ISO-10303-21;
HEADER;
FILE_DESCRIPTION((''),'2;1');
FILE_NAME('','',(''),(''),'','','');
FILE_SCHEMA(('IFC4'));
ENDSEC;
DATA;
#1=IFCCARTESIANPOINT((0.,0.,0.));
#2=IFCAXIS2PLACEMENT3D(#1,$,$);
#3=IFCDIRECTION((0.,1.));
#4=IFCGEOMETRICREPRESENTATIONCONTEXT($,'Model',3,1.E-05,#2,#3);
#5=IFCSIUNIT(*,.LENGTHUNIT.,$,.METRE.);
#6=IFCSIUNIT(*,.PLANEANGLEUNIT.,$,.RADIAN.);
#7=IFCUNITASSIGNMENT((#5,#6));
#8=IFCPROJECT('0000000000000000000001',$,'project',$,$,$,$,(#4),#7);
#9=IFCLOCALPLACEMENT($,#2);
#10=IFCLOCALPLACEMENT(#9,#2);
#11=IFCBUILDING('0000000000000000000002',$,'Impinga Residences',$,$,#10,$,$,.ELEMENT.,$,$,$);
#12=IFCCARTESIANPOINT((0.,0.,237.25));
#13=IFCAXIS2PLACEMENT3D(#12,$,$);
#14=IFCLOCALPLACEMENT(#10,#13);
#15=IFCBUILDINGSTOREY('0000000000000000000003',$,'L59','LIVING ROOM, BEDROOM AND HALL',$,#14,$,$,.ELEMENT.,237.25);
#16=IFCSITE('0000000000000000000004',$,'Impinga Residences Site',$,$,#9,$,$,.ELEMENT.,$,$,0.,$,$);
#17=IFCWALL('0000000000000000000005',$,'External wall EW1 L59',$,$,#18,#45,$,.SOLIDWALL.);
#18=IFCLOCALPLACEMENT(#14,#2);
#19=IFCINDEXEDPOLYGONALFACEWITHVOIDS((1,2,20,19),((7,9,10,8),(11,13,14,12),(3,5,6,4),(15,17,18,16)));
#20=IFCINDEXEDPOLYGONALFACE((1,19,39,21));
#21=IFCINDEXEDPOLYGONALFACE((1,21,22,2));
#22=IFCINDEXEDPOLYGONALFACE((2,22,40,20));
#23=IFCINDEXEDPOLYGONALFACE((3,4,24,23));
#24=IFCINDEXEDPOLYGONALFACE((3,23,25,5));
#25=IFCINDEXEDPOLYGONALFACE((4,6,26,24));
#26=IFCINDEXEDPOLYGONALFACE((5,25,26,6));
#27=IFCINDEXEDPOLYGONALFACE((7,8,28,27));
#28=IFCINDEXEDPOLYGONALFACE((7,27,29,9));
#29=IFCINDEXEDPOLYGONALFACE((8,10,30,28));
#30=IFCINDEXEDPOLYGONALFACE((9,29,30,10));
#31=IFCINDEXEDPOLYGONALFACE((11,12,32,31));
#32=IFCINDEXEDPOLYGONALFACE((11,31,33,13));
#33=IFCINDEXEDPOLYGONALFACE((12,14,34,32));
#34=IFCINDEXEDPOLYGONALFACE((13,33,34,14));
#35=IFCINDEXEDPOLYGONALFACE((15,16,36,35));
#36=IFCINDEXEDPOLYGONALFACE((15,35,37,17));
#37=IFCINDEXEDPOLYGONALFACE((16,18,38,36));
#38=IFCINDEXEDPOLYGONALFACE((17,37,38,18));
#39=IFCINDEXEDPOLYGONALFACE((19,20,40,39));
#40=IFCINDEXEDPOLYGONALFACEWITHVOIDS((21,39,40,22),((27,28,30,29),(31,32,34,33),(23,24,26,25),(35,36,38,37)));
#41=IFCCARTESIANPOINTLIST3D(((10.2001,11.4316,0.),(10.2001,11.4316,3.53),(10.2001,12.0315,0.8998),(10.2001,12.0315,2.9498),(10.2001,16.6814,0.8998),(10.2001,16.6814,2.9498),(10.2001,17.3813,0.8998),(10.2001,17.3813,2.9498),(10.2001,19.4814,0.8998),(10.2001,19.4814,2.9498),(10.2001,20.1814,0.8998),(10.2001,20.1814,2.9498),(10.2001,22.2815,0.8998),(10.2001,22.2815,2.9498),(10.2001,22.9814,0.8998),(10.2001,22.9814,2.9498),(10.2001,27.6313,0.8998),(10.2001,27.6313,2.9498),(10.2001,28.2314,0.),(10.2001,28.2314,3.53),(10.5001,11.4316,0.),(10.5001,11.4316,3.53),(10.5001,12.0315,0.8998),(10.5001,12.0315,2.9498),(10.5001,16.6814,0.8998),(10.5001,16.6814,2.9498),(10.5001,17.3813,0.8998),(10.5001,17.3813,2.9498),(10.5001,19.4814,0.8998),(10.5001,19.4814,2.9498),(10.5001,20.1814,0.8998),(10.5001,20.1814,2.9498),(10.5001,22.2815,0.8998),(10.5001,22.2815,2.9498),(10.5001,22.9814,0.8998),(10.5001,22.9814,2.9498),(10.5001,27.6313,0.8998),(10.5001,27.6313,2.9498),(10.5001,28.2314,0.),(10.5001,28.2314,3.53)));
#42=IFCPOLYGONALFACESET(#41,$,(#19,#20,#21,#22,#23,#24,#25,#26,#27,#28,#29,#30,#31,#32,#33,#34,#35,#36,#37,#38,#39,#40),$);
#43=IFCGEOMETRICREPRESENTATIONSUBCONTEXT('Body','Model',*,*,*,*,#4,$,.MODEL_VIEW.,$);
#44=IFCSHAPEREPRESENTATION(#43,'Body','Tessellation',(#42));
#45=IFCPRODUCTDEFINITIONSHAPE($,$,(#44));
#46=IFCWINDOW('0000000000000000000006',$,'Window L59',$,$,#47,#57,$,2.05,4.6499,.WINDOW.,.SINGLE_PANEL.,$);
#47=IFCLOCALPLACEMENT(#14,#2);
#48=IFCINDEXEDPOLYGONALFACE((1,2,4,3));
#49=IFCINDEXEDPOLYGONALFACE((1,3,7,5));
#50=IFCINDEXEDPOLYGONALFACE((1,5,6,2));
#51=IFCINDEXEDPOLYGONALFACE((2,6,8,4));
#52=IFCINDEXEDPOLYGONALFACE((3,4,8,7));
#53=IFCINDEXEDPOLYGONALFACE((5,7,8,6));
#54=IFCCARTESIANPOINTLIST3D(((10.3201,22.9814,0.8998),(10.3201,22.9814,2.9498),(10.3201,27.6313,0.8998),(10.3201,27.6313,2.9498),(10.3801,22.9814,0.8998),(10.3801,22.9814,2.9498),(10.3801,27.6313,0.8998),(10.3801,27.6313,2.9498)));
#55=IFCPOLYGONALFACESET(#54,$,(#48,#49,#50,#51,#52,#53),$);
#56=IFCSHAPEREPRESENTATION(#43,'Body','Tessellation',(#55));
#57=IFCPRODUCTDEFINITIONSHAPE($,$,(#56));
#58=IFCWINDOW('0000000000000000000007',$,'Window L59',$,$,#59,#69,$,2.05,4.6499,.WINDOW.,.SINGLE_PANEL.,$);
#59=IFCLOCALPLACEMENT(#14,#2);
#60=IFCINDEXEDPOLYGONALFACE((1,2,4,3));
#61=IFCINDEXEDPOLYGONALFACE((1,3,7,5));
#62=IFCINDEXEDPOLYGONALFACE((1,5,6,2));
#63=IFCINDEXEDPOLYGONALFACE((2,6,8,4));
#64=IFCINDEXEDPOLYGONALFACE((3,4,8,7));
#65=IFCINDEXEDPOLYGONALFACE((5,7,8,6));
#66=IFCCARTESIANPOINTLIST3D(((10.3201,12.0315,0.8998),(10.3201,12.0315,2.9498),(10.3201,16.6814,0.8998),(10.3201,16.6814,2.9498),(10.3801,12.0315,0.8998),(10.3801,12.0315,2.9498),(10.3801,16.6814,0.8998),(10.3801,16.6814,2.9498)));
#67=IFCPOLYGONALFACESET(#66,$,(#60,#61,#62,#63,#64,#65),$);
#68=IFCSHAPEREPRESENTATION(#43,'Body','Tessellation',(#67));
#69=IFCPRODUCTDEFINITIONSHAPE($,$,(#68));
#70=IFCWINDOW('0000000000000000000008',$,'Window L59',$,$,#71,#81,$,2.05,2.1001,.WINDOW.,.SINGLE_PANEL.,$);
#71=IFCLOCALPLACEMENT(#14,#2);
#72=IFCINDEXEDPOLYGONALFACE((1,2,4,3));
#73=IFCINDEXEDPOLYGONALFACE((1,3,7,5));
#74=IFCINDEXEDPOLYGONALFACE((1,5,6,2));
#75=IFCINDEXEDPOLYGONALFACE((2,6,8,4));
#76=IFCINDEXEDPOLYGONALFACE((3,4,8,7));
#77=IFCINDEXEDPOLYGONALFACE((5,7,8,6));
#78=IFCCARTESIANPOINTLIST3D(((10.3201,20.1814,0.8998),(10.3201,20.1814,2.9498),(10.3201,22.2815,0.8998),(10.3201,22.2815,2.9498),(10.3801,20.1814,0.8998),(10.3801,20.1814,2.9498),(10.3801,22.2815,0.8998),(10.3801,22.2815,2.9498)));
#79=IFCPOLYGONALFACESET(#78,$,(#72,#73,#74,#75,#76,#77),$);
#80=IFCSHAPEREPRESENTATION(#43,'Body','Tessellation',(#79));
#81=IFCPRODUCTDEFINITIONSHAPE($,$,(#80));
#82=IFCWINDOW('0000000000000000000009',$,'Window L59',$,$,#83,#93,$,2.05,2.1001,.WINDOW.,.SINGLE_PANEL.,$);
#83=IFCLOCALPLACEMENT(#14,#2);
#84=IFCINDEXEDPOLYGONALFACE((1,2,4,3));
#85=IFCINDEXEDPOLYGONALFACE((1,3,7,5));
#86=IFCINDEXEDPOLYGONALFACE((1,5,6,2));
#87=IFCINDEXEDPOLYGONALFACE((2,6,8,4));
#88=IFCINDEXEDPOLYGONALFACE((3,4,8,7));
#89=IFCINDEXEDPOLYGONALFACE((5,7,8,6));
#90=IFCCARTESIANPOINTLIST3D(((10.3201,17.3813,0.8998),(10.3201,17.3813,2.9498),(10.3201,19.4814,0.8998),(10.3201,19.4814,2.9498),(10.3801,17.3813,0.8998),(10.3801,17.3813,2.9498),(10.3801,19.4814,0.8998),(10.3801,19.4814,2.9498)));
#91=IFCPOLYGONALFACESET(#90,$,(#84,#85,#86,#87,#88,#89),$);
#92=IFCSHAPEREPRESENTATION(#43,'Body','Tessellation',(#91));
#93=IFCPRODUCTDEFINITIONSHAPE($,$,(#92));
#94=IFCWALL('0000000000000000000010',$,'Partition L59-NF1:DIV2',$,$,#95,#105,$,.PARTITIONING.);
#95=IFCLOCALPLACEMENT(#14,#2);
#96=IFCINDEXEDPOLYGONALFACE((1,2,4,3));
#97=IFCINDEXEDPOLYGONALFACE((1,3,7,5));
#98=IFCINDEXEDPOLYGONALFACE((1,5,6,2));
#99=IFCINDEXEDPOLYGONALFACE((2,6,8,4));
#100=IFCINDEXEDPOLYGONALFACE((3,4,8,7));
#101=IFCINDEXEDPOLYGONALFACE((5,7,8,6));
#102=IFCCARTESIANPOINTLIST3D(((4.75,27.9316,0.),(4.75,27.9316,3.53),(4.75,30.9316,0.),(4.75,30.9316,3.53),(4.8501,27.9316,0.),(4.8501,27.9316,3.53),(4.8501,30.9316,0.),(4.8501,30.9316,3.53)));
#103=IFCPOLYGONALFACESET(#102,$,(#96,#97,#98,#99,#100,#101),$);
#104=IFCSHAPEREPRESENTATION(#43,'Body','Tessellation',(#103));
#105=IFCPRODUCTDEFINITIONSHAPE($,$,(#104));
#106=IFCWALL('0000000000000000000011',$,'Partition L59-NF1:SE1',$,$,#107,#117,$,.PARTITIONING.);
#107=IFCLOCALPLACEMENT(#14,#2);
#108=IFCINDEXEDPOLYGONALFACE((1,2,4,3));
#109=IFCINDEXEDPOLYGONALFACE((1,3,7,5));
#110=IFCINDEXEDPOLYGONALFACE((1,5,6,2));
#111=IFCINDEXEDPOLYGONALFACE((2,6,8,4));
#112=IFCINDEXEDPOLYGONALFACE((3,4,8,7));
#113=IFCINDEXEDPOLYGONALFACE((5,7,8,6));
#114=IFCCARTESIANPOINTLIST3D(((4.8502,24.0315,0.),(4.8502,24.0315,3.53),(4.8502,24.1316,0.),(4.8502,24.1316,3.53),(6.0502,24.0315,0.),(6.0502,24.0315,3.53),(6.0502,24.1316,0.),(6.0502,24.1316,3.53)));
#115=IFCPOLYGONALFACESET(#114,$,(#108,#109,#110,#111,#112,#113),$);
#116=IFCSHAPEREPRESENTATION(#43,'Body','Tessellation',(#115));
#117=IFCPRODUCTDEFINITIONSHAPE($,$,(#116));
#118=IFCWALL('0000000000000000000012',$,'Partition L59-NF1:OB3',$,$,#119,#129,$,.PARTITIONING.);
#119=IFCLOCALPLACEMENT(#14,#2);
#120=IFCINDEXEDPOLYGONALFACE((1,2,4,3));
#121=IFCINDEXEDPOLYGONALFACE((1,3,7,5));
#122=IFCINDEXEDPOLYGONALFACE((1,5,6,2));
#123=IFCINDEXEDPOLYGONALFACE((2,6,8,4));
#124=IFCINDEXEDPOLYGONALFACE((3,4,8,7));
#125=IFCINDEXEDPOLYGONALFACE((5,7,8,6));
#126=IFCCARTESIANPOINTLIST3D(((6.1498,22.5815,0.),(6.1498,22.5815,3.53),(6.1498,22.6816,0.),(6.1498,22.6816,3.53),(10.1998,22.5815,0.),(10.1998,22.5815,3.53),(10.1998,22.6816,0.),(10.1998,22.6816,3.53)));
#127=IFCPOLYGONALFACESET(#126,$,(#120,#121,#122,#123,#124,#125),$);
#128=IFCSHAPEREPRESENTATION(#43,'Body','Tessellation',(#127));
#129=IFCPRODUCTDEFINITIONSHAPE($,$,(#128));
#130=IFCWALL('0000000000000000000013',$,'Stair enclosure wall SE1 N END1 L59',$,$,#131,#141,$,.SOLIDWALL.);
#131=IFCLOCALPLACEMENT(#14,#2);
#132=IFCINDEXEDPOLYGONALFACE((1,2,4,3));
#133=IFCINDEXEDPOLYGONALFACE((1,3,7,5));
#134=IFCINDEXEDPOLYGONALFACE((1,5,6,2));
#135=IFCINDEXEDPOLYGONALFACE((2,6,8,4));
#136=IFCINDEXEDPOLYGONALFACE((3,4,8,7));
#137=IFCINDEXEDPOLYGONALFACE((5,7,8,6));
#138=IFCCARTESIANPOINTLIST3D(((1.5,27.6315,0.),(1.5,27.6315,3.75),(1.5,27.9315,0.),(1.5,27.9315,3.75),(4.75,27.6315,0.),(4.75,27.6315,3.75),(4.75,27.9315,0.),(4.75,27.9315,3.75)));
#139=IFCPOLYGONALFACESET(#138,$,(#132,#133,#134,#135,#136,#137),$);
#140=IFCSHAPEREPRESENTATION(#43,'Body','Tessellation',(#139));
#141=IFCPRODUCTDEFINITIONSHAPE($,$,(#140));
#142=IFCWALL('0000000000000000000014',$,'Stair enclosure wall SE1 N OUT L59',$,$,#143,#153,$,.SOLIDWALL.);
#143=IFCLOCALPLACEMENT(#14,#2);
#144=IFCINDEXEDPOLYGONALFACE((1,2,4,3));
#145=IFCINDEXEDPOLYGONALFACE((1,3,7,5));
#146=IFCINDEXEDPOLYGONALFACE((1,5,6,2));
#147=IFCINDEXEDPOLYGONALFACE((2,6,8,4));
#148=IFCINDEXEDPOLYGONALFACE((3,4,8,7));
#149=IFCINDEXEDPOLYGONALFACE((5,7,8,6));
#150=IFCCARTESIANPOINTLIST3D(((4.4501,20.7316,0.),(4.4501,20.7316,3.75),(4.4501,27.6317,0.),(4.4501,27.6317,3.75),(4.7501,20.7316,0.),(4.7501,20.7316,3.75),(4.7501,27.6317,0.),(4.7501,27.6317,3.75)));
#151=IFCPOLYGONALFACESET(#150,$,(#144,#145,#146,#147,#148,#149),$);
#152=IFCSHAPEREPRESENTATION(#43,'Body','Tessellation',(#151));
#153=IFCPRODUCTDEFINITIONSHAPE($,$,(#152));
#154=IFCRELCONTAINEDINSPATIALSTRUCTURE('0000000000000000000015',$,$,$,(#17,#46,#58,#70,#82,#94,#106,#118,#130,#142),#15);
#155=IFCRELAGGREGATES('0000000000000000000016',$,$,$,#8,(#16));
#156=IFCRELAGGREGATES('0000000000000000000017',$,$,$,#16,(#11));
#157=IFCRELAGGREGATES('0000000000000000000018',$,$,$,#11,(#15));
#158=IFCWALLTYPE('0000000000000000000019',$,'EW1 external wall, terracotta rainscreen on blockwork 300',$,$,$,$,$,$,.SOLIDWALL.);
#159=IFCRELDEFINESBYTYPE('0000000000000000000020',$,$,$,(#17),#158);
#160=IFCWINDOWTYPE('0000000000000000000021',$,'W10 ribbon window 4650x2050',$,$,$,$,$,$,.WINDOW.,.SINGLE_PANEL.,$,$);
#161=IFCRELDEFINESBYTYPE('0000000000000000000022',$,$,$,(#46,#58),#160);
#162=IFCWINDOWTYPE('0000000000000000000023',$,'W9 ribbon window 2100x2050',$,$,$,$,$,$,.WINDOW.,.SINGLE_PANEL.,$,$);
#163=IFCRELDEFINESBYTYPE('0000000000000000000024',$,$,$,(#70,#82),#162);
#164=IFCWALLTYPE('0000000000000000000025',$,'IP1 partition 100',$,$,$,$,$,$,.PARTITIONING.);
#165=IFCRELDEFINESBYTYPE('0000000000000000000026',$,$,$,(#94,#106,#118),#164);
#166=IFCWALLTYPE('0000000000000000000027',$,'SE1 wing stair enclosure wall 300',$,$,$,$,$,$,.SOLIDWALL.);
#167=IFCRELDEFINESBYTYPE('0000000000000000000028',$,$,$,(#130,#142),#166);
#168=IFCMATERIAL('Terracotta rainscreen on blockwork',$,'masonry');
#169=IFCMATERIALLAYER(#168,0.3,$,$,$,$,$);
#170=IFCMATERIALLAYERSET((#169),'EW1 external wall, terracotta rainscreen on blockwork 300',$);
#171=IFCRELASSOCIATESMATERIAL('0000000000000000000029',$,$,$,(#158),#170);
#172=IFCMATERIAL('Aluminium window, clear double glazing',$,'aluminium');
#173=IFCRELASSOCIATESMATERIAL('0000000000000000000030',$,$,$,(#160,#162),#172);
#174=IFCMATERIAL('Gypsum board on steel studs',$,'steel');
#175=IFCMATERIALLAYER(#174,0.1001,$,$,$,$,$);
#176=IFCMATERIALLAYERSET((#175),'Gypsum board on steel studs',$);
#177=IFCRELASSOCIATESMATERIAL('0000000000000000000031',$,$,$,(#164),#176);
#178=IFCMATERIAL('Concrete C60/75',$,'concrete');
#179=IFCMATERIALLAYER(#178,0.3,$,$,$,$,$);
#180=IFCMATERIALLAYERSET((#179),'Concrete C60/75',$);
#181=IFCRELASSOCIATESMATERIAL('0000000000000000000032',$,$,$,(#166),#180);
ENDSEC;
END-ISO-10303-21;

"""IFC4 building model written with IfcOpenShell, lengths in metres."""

from ifc_helpers import new_model, si_unit, direction, frame, frame_2d, origin, place, context, subcontext, project, spatial, rectangle, extrude, material, layer, layer_set, type_object, element, fill, save


model = new_model("IFC4")

# Units and contexts
model_context = context("Model", 3, precision=1e-05, world=origin(), true_north=direction((0.0, 1.0)))
body_context = subcontext(model_context, "Body", "Model", "MODEL_VIEW")
ifc_project = project(units=[si_unit("LENGTHUNIT", "METRE"), si_unit("PLANEANGLEUNIT", "RADIAN")], contexts=[model_context])

# Site, building, storey
site_placement = place(None, origin())
site = spatial("IfcSite", under=ifc_project, at=site_placement, Name="Impinga Residences Site", CompositionType="ELEMENT", RefElevation=0.0)
building_placement = place(site_placement, origin())
building = spatial("IfcBuilding", under=site, at=building_placement, Name="Impinga Residences", CompositionType="ELEMENT")
storey_placement = place(building_placement, frame((0.0, 0.0, 237.25)))
storey = spatial("IfcBuildingStorey", under=building, at=storey_placement, Name="L59", Description="LIVING ROOM, BEDROOM AND HALL", CompositionType="ELEMENT", Elevation=237.25)

# Shared definitions
ifc_material_1 = material(Name="Concrete C60/75", Category="concrete")

# Shared definitions
ifc_material_2 = material(Name="Terracotta rainscreen on blockwork", Category="masonry")
ifc_layer_1 = layer(ifc_material_2, 0.3)
ifc_layer_set_1 = layer_set([ifc_layer_1], Name="EW1 external wall, terracotta rainscreen on blockwork 300")
wall_type_1 = type_object("IfcWallType", Name="EW1 external wall, terracotta rainscreen on blockwork 300", PredefinedType="SOLIDWALL", material=ifc_layer_set_1)

# Wall, openings, windows
wall_1_placement = place(storey_placement, frame((10.3501, 28.2314, 0.0), z_axis=(0.0, 0.0, 1.0), x_axis=(0.0, -1.0, 0.0)))
wall_1 = element("IfcWall", 1, at=wall_1_placement, inside=storey, type_object=wall_type_1, Name="External wall EW1 L59", PredefinedType="SOLIDWALL", context=body_context, shape_type="SweptSolid", body=[
    extrude(rectangle(XDim=16.7998, YDim=0.3, at=frame_2d((8.3999, 0.0))), origin(), (0.0, 0.0, 1.0), 3.53),
])
opening_1_placement = place(wall_1_placement, frame((0.6001, 0.0, 0.8999)))
opening_1 = element("IfcOpeningElement", 2, at=opening_1_placement, cuts=wall_1, PredefinedType="OPENING", context=body_context, shape_type="SweptSolid", body=[
    extrude(rectangle(XDim=4.6499, YDim=2.05, at=frame_2d((2.325, 1.0249))), frame((0.0, 0.1599, 0.0), z_axis=(0.0, -1.0, 0.0), x_axis=(1.0, 0.0, 0.0)), (0.0, 0.0, 1.0), 0.3201),
])
opening_2_placement = place(wall_1_placement, frame((5.95, 0.0, 0.8999)))
opening_2 = element("IfcOpeningElement", 3, at=opening_2_placement, cuts=wall_1, PredefinedType="OPENING", context=body_context, shape_type="SweptSolid", body=[
    extrude(rectangle(XDim=2.1001, YDim=2.05, at=frame_2d((1.05, 1.0249))), frame((0.0, 0.1599, 0.0), z_axis=(0.0, -1.0, 0.0), x_axis=(1.0, 0.0, 0.0)), (0.0, 0.0, 1.0), 0.3201),
])
opening_3_placement = place(wall_1_placement, frame((8.75, 0.0, 0.8999)))
opening_3 = element("IfcOpeningElement", 4, at=opening_3_placement, cuts=wall_1, PredefinedType="OPENING", context=body_context, shape_type="SweptSolid", body=[
    extrude(rectangle(XDim=2.1001, YDim=2.05, at=frame_2d((1.05, 1.0249))), frame((0.0, 0.1599, 0.0), z_axis=(0.0, -1.0, 0.0), x_axis=(1.0, 0.0, 0.0)), (0.0, 0.0, 1.0), 0.3201),
])
opening_4_placement = place(wall_1_placement, frame((11.55, 0.0, 0.8999)))
opening_4 = element("IfcOpeningElement", 5, at=opening_4_placement, cuts=wall_1, PredefinedType="OPENING", context=body_context, shape_type="SweptSolid", body=[
    extrude(rectangle(XDim=4.6499, YDim=2.05, at=frame_2d((2.325, 1.0249))), frame((0.0, 0.1599, 0.0), z_axis=(0.0, -1.0, 0.0), x_axis=(1.0, 0.0, 0.0)), (0.0, 0.0, 1.0), 0.3201),
])
ifc_material_3 = material(Name="Aluminium window, clear double glazing", Category="aluminium")
window_type_1 = type_object("IfcWindowType", Name="W10 ribbon window 4650x2050", PartitioningType="SINGLE_PANEL", PredefinedType="WINDOW", material=ifc_material_3)
window_1_placement = place(opening_1_placement, origin())
window_1 = element("IfcWindow", 6, at=window_1_placement, inside=storey, type_object=window_type_1, Name="Window L59", OverallHeight=2.05, OverallWidth=4.6499, PartitioningType="SINGLE_PANEL", PredefinedType="WINDOW", context=body_context, shape_type="SweptSolid", body=[
    extrude(rectangle(XDim=4.6499, YDim=2.05, at=frame_2d((2.325, 1.0249))), frame((0.0, 0.03, 0.0), z_axis=(0.0, -1.0, 0.0), x_axis=(1.0, 0.0, 0.0)), (0.0, 0.0, 1.0), 0.0601),
])
fill(opening_1, window_1)
window_2_placement = place(opening_4_placement, origin())
window_2 = element("IfcWindow", 7, at=window_2_placement, inside=storey, type_object=window_type_1, Name="Window L59", OverallHeight=2.05, OverallWidth=4.6499, PartitioningType="SINGLE_PANEL", PredefinedType="WINDOW", context=body_context, shape_type="SweptSolid", body=[
    extrude(rectangle(XDim=4.6499, YDim=2.05, at=frame_2d((2.325, 1.0249))), frame((0.0, 0.03, 0.0), z_axis=(0.0, -1.0, 0.0), x_axis=(1.0, 0.0, 0.0)), (0.0, 0.0, 1.0), 0.0601),
])
fill(opening_4, window_2)
window_type_2 = type_object("IfcWindowType", Name="W9 ribbon window 2100x2050", PartitioningType="SINGLE_PANEL", PredefinedType="WINDOW", material=ifc_material_3)
window_3_placement = place(opening_2_placement, origin())
window_3 = element("IfcWindow", 8, at=window_3_placement, inside=storey, type_object=window_type_2, Name="Window L59", OverallHeight=2.05, OverallWidth=2.1001, PartitioningType="SINGLE_PANEL", PredefinedType="WINDOW", context=body_context, shape_type="SweptSolid", body=[
    extrude(rectangle(XDim=2.1001, YDim=2.05, at=frame_2d((1.05, 1.0249))), frame((0.0, 0.03, 0.0), z_axis=(0.0, -1.0, 0.0), x_axis=(1.0, 0.0, 0.0)), (0.0, 0.0, 1.0), 0.0601),
])
fill(opening_2, window_3)
window_4_placement = place(opening_3_placement, origin())
window_4 = element("IfcWindow", 9, at=window_4_placement, inside=storey, type_object=window_type_2, Name="Window L59", OverallHeight=2.05, OverallWidth=2.1001, PartitioningType="SINGLE_PANEL", PredefinedType="WINDOW", context=body_context, shape_type="SweptSolid", body=[
    extrude(rectangle(XDim=2.1001, YDim=2.05, at=frame_2d((1.05, 1.0249))), frame((0.0, 0.03, 0.0), z_axis=(0.0, -1.0, 0.0), x_axis=(1.0, 0.0, 0.0)), (0.0, 0.0, 1.0), 0.0601),
])
fill(opening_3, window_4)

# Walls
ifc_material_4 = material(Name="Gypsum board on steel studs", Category="steel")
ifc_layer_2 = layer(ifc_material_4, 0.1001)
ifc_layer_set_2 = layer_set([ifc_layer_2], Name="Gypsum board on steel studs")
wall_type_2 = type_object("IfcWallType", Name="IP1 partition 100", PredefinedType="PARTITIONING", material=ifc_layer_set_2)
wall_2_placement = place(storey_placement, frame((4.8, 27.9316, 0.0), z_axis=(0.0, 0.0, 1.0), x_axis=(0.0, 1.0, 0.0)))
element("IfcWall", 10, at=wall_2_placement, inside=storey, type_object=wall_type_2, Name="Partition L59-NF1:DIV2", PredefinedType="PARTITIONING", context=body_context, shape_type="SweptSolid", body=[
    extrude(rectangle(XDim=3.0, YDim=0.1001, at=frame_2d((1.5, 0.0))), origin(), (0.0, 0.0, 1.0), 3.53),
])
wall_3_placement = place(storey_placement, frame((4.8501, 24.0815, 0.0), z_axis=(0.0, 0.0, 1.0), x_axis=(1.0, 0.0, 0.0)))
element("IfcWall", 11, at=wall_3_placement, inside=storey, type_object=wall_type_2, Name="Partition L59-NF1:SE1", PredefinedType="PARTITIONING", context=body_context, shape_type="SweptSolid", body=[
    extrude(rectangle(XDim=1.2, YDim=0.1001, at=frame_2d((0.6001, 0.0))), origin(), (0.0, 0.0, 1.0), 3.53),
])
wall_4_placement = place(storey_placement, frame((6.1499, 22.6316, 0.0), z_axis=(0.0, 0.0, 1.0), x_axis=(1.0, 0.0, 0.0)))
element("IfcWall", 12, at=wall_4_placement, inside=storey, type_object=wall_type_2, Name="Partition L59-NF1:OB3", PredefinedType="PARTITIONING", context=body_context, shape_type="SweptSolid", body=[
    extrude(rectangle(XDim=4.05, YDim=0.1001, at=frame_2d((2.0249, 0.0))), origin(), (0.0, 0.0, 1.0), 3.53),
])
ifc_layer_3 = layer(ifc_material_1, 0.3)
ifc_layer_set_3 = layer_set([ifc_layer_3], Name="Concrete C60/75")
wall_type_3 = type_object("IfcWallType", Name="SE1 wing stair enclosure wall 300", PredefinedType="SOLIDWALL", material=ifc_layer_set_3)
wall_5_placement = place(storey_placement, frame((1.5, 27.7815, 0.0), z_axis=(0.0, 0.0, 1.0), x_axis=(1.0, 0.0, 0.0)))
element("IfcWall", 13, at=wall_5_placement, inside=storey, type_object=wall_type_3, Name="Stair enclosure wall SE1 N END1 L59", PredefinedType="SOLIDWALL", context=body_context, shape_type="SweptSolid", body=[
    extrude(rectangle(XDim=3.25, YDim=0.3, at=frame_2d((1.625, 0.0))), origin(), (0.0, 0.0, 1.0), 3.75),
])
wall_6_placement = place(storey_placement, frame((4.6001, 20.7314, 0.0), z_axis=(0.0, 0.0, 1.0), x_axis=(0.0, 1.0, 0.0)))
element("IfcWall", 14, at=wall_6_placement, inside=storey, type_object=wall_type_3, Name="Stair enclosure wall SE1 N OUT L59", PredefinedType="SOLIDWALL", context=body_context, shape_type="SweptSolid", body=[
    extrude(rectangle(XDim=6.9001, YDim=0.3, at=frame_2d((3.4502, 0.0))), origin(), (0.0, 0.0, 1.0), 3.75),
])

save(model, "model.ifc")
